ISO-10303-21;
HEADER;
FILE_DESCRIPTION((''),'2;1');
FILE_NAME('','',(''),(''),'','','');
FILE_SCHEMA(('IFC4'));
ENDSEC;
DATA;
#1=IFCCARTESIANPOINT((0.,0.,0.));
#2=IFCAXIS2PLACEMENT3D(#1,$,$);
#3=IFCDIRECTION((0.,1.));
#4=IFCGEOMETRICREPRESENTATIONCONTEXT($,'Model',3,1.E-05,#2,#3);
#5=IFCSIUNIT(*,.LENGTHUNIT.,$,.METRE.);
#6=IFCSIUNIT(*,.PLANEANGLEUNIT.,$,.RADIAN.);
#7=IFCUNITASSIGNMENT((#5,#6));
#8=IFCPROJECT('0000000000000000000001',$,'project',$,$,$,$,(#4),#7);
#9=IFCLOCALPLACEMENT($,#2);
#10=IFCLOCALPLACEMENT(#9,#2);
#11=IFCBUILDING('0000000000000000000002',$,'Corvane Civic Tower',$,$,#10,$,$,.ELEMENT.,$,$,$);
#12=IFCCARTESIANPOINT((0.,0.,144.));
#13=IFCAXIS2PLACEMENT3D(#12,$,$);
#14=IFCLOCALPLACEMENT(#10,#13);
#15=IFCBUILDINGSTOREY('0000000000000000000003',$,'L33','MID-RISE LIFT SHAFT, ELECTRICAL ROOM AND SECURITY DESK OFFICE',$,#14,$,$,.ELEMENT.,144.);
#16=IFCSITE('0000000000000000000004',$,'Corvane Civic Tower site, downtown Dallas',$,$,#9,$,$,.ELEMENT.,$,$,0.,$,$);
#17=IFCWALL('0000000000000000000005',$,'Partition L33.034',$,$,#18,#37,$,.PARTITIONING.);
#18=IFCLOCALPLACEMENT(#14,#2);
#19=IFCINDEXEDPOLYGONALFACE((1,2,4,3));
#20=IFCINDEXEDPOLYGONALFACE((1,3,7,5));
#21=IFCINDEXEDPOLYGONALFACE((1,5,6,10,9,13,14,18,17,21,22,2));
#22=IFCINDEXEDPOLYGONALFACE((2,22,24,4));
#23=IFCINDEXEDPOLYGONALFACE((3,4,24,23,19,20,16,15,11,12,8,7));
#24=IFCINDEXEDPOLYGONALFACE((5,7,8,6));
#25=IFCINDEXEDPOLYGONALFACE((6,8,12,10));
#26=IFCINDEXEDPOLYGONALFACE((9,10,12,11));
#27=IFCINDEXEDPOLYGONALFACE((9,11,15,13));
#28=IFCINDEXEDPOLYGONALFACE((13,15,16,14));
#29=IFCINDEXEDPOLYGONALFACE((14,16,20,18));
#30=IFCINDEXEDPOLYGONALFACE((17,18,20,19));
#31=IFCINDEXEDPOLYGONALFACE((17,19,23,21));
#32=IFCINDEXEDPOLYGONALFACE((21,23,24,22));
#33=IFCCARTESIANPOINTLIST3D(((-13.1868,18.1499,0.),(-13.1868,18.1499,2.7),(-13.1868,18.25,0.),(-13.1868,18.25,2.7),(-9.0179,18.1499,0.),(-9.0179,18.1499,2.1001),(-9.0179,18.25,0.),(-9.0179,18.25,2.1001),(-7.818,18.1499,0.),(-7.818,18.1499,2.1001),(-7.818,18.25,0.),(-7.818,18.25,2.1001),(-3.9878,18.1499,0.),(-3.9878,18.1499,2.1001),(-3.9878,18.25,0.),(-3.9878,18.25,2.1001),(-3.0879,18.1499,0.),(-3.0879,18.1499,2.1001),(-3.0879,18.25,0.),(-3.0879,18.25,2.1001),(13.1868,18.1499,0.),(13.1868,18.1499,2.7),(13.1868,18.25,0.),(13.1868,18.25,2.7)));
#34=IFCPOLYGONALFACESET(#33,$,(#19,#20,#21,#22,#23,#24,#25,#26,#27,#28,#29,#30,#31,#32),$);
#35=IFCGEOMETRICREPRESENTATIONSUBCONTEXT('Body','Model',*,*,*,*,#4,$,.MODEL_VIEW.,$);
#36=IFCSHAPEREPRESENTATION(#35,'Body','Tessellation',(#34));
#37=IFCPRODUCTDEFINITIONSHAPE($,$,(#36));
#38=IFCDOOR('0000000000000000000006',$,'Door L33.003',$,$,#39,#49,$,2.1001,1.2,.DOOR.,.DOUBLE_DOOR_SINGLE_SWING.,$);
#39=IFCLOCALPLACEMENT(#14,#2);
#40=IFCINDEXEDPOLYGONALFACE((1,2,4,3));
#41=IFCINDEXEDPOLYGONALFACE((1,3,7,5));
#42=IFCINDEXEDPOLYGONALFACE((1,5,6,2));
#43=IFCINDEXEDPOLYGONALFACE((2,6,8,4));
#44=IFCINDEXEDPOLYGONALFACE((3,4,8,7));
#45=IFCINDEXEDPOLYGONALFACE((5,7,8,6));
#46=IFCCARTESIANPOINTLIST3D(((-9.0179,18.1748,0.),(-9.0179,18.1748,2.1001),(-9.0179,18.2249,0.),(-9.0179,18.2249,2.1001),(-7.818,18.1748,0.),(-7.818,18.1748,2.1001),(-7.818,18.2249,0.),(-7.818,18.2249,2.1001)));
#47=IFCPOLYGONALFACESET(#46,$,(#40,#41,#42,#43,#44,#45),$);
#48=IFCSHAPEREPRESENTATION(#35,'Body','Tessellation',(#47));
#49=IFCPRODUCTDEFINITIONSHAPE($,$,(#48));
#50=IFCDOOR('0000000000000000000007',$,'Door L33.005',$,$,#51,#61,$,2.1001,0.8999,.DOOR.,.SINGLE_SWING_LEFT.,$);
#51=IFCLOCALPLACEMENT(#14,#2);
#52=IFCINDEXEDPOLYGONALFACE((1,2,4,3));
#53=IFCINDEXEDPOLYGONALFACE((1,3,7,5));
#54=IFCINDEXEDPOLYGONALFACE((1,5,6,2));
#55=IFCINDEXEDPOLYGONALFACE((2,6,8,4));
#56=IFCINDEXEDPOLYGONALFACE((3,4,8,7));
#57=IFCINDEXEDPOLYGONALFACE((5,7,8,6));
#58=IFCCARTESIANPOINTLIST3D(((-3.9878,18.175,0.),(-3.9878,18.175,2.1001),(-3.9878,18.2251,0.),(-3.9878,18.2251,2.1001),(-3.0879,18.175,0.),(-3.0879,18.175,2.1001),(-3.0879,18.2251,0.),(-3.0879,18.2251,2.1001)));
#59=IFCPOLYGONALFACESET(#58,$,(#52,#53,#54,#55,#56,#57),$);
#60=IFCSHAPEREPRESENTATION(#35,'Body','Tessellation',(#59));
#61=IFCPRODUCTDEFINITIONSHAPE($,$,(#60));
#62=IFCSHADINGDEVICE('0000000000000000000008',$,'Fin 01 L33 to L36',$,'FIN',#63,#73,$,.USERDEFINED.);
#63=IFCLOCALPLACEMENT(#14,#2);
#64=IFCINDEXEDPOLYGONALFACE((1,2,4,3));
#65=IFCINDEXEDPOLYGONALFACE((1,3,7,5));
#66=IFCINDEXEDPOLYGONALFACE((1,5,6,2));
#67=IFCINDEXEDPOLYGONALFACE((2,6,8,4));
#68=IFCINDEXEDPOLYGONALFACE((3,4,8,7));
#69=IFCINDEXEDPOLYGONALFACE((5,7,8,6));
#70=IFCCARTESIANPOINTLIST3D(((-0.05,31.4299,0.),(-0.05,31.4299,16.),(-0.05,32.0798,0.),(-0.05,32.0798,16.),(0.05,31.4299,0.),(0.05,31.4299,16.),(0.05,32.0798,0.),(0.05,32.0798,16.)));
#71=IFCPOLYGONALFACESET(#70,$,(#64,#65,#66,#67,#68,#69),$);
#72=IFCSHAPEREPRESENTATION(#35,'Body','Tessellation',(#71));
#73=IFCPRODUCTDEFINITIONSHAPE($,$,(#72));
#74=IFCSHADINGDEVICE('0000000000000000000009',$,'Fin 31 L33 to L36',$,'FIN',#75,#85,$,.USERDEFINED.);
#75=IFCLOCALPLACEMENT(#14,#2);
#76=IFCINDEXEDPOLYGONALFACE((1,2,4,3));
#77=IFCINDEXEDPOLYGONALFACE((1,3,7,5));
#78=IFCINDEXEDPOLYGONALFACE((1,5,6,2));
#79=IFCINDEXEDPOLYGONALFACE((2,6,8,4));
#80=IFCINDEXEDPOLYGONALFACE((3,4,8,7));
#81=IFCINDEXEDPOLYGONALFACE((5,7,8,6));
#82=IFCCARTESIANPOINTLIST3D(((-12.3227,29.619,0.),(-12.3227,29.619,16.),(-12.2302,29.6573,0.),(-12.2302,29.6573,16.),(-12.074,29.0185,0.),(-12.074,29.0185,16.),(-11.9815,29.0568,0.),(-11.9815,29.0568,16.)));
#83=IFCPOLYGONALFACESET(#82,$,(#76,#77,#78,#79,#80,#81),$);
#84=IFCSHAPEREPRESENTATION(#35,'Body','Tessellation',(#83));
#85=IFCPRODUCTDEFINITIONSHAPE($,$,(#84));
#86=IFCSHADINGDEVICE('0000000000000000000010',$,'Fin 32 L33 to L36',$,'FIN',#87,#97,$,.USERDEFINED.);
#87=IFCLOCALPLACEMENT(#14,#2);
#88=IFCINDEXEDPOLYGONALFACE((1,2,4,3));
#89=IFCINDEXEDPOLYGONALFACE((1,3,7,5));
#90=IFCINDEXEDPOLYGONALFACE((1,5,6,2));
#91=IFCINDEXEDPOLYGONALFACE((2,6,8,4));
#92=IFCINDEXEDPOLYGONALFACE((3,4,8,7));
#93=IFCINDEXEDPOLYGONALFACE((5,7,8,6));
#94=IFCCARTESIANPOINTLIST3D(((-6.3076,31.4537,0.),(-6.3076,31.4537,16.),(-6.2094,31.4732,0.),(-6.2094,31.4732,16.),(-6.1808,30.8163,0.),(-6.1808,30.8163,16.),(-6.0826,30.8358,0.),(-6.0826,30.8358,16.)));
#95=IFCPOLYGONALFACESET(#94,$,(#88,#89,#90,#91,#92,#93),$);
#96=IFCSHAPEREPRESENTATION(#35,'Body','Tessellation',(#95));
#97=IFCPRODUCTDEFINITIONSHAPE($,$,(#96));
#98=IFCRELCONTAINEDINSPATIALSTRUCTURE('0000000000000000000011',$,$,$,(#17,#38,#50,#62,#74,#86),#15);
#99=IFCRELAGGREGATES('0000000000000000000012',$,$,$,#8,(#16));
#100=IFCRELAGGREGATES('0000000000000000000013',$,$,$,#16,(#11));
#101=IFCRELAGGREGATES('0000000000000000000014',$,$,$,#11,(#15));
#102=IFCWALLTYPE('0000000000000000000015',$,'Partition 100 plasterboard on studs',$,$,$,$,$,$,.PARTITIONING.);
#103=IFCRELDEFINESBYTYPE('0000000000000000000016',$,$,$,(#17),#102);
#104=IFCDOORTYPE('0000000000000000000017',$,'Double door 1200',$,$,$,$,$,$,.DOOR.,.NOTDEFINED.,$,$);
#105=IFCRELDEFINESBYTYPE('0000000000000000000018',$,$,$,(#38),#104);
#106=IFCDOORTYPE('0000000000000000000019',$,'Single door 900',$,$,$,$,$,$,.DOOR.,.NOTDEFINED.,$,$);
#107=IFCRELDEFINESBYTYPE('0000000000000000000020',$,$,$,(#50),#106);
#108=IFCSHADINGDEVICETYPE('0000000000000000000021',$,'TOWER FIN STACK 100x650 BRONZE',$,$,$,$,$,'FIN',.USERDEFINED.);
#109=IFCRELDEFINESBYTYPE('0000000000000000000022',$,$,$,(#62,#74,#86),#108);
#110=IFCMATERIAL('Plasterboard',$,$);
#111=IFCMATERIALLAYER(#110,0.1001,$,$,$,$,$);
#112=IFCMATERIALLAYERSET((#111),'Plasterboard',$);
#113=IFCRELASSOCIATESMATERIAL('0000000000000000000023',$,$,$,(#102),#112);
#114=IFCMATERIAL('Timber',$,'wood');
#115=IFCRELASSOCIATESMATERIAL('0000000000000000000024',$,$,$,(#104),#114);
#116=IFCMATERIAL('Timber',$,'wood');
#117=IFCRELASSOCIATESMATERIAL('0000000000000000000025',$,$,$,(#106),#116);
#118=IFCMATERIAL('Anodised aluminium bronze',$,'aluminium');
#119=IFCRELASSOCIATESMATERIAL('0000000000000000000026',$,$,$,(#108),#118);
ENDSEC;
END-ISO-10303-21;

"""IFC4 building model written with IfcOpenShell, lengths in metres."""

from ifc_helpers import new_model, si_unit, direction, frame, frame_2d, origin, origin_2d, place, context, subcontext, project, spatial, rectangle, extrude, material, layer, layer_set, material_profile, profile_set, type_object, element, fill, save


model = new_model("IFC4")

# Units and contexts
model_context = context("Model", 3, precision=1e-05, world=origin(), true_north=direction((0.0, 1.0)))
body_context = subcontext(model_context, "Body", "Model", "MODEL_VIEW")
ifc_project = project(units=[si_unit("LENGTHUNIT", "METRE"), si_unit("PLANEANGLEUNIT", "RADIAN")], contexts=[model_context])

# Site, building, storey
site_placement = place(None, origin())
site = spatial("IfcSite", under=ifc_project, at=site_placement, Name="Corvane Civic Tower site, downtown Dallas", CompositionType="ELEMENT", RefElevation=0.0)
building_placement = place(site_placement, origin())
building = spatial("IfcBuilding", under=site, at=building_placement, Name="Corvane Civic Tower", CompositionType="ELEMENT")
storey_placement = place(building_placement, frame((0.0, 0.0, 144.0)))
storey = spatial("IfcBuildingStorey", under=building, at=storey_placement, Name="L33", Description="MID-RISE LIFT SHAFT, ELECTRICAL ROOM AND SECURITY DESK OFFICE", CompositionType="ELEMENT", Elevation=144.0)

# Shared definitions
ifc_material_1 = material(Name="Plasterboard")
ifc_layer_1 = layer(ifc_material_1, 0.1001)
ifc_layer_set_1 = layer_set([ifc_layer_1], Name="Plasterboard")
wall_type_1 = type_object("IfcWallType", Name="Partition 100 plasterboard on studs", PredefinedType="PARTITIONING", material=ifc_layer_set_1)

# Wall, openings, doors
wall_1_placement = place(storey_placement, frame((-13.1868, 18.2, 0.0), z_axis=(0.0, 0.0, 1.0), x_axis=(1.0, 0.0, 0.0)))
wall_1 = element("IfcWall", 1, at=wall_1_placement, inside=storey, type_object=wall_type_1, Name="Partition L33.034", PredefinedType="PARTITIONING", context=body_context, shape_type="SweptSolid", body=[
    extrude(rectangle(XDim=26.3735, YDim=0.1001, at=frame_2d((13.1868, 0.0))), origin(), (0.0, 0.0, 1.0), 2.7),
])
opening_1_placement = place(wall_1_placement, frame((4.1687, 0.0, 0.0)))
opening_1 = element("IfcOpeningElement", 2, at=opening_1_placement, cuts=wall_1, PredefinedType="OPENING", context=body_context, shape_type="SweptSolid", body=[
    extrude(rectangle(XDim=1.2, YDim=2.1001, at=frame_2d((0.6001, 1.05))), frame((0.0, 0.0601, 0.0), z_axis=(0.0, -1.0, 0.0), x_axis=(1.0, 0.0, 0.0)), (0.0, 0.0, 1.0), 0.1201),
])
opening_2_placement = place(wall_1_placement, frame((9.199, 0.0, 0.0)))
opening_2 = element("IfcOpeningElement", 3, at=opening_2_placement, cuts=wall_1, PredefinedType="OPENING", context=body_context, shape_type="SweptSolid", body=[
    extrude(rectangle(XDim=0.8999, YDim=2.1001, at=frame_2d((0.45, 1.05))), frame((0.0, 0.0601, 0.0), z_axis=(0.0, -1.0, 0.0), x_axis=(1.0, 0.0, 0.0)), (0.0, 0.0, 1.0), 0.1201),
])
ifc_material_2 = material(Name="Timber", Category="wood")
door_type_1 = type_object("IfcDoorType", Name="Double door 1200", OperationType="NOTDEFINED", PredefinedType="DOOR", material=ifc_material_2)
door_1_placement = place(opening_1_placement, origin())
door_1 = element("IfcDoor", 4, at=door_1_placement, inside=storey, type_object=door_type_1, Name="Door L33.003", OperationType="DOUBLE_DOOR_SINGLE_SWING", OverallHeight=2.1001, OverallWidth=1.2, PredefinedType="DOOR", context=body_context, shape_type="SweptSolid", body=[
    extrude(rectangle(XDim=1.2, YDim=2.1001, at=frame_2d((0.6001, 1.05))), frame((0.0, 0.0249, 0.0), z_axis=(0.0, -1.0, 0.0), x_axis=(1.0, 0.0, 0.0)), (0.0, 0.0, 1.0), 0.05),
])
fill(opening_1, door_1)
ifc_material_3 = material(Name="Timber", Category="wood")
door_type_2 = type_object("IfcDoorType", Name="Single door 900", OperationType="NOTDEFINED", PredefinedType="DOOR", material=ifc_material_3)
door_2_placement = place(opening_2_placement, frame((0.8999, 0.0, 0.0), z_axis=(0.0, 0.0, 1.0), x_axis=(-1.0, 0.0, 0.0)))
door_2 = element("IfcDoor", 5, at=door_2_placement, inside=storey, type_object=door_type_2, Name="Door L33.005", OperationType="SINGLE_SWING_LEFT", OverallHeight=2.1001, OverallWidth=0.8999, PredefinedType="DOOR", context=body_context, shape_type="SweptSolid", body=[
    extrude(rectangle(XDim=0.8999, YDim=2.1001, at=frame_2d((0.45, 1.05))), frame((0.0, 0.0249, 0.0), z_axis=(0.0, -1.0, 0.0), x_axis=(1.0, 0.0, 0.0)), (0.0, 0.0, 1.0), 0.05),
])
fill(opening_2, door_2)

# Shading devices
ifc_material_4 = material(Name="Anodised aluminium bronze", Category="aluminium")
ifc_material_profile_1 = material_profile(ifc_material_4, rectangle(XDim=0.1001, YDim=0.6499, at=origin_2d()), Name="TOWER FIN STACK 100x650 BRONZE")
ifc_profile_set_1 = profile_set([ifc_material_profile_1], Name="Anodised aluminium bronze")
shading_device_type = type_object("IfcShadingDeviceType", Name="TOWER FIN STACK 100x650 BRONZE", ElementType="FIN", PredefinedType="USERDEFINED", material=ifc_profile_set_1)
for number, where, z_axis, x_axis, name in (
    (6, (0.0, 31.7549, 0.0), (0.0, 0.0, 1.0), (1.0, 0.0, 0.0), "Fin 01 L33 to L36"),
    (7, (-12.1521, 29.3379, 0.0), (0.0, 0.0, 1.0), (0.92388, 0.382683, 0.0), "Fin 31 L33 to L36"),
    (8, (-6.1951, 31.1448, 0.0), (0.0, 0.0, 1.0), (0.980785, 0.19509, 0.0), "Fin 32 L33 to L36"),
):
    element("IfcShadingDevice", number, at=place(storey_placement, frame(where, z_axis=z_axis, x_axis=x_axis)), inside=storey, type_object=shading_device_type, Name=name, ObjectType="FIN", PredefinedType="USERDEFINED", context=body_context, shape_type="SweptSolid", body=[
        extrude(rectangle(XDim=0.1001, YDim=0.6499, at=origin_2d()), origin(), (0.0, 0.0, 1.0), 16.0),
    ])

save(model, "model.ifc")
